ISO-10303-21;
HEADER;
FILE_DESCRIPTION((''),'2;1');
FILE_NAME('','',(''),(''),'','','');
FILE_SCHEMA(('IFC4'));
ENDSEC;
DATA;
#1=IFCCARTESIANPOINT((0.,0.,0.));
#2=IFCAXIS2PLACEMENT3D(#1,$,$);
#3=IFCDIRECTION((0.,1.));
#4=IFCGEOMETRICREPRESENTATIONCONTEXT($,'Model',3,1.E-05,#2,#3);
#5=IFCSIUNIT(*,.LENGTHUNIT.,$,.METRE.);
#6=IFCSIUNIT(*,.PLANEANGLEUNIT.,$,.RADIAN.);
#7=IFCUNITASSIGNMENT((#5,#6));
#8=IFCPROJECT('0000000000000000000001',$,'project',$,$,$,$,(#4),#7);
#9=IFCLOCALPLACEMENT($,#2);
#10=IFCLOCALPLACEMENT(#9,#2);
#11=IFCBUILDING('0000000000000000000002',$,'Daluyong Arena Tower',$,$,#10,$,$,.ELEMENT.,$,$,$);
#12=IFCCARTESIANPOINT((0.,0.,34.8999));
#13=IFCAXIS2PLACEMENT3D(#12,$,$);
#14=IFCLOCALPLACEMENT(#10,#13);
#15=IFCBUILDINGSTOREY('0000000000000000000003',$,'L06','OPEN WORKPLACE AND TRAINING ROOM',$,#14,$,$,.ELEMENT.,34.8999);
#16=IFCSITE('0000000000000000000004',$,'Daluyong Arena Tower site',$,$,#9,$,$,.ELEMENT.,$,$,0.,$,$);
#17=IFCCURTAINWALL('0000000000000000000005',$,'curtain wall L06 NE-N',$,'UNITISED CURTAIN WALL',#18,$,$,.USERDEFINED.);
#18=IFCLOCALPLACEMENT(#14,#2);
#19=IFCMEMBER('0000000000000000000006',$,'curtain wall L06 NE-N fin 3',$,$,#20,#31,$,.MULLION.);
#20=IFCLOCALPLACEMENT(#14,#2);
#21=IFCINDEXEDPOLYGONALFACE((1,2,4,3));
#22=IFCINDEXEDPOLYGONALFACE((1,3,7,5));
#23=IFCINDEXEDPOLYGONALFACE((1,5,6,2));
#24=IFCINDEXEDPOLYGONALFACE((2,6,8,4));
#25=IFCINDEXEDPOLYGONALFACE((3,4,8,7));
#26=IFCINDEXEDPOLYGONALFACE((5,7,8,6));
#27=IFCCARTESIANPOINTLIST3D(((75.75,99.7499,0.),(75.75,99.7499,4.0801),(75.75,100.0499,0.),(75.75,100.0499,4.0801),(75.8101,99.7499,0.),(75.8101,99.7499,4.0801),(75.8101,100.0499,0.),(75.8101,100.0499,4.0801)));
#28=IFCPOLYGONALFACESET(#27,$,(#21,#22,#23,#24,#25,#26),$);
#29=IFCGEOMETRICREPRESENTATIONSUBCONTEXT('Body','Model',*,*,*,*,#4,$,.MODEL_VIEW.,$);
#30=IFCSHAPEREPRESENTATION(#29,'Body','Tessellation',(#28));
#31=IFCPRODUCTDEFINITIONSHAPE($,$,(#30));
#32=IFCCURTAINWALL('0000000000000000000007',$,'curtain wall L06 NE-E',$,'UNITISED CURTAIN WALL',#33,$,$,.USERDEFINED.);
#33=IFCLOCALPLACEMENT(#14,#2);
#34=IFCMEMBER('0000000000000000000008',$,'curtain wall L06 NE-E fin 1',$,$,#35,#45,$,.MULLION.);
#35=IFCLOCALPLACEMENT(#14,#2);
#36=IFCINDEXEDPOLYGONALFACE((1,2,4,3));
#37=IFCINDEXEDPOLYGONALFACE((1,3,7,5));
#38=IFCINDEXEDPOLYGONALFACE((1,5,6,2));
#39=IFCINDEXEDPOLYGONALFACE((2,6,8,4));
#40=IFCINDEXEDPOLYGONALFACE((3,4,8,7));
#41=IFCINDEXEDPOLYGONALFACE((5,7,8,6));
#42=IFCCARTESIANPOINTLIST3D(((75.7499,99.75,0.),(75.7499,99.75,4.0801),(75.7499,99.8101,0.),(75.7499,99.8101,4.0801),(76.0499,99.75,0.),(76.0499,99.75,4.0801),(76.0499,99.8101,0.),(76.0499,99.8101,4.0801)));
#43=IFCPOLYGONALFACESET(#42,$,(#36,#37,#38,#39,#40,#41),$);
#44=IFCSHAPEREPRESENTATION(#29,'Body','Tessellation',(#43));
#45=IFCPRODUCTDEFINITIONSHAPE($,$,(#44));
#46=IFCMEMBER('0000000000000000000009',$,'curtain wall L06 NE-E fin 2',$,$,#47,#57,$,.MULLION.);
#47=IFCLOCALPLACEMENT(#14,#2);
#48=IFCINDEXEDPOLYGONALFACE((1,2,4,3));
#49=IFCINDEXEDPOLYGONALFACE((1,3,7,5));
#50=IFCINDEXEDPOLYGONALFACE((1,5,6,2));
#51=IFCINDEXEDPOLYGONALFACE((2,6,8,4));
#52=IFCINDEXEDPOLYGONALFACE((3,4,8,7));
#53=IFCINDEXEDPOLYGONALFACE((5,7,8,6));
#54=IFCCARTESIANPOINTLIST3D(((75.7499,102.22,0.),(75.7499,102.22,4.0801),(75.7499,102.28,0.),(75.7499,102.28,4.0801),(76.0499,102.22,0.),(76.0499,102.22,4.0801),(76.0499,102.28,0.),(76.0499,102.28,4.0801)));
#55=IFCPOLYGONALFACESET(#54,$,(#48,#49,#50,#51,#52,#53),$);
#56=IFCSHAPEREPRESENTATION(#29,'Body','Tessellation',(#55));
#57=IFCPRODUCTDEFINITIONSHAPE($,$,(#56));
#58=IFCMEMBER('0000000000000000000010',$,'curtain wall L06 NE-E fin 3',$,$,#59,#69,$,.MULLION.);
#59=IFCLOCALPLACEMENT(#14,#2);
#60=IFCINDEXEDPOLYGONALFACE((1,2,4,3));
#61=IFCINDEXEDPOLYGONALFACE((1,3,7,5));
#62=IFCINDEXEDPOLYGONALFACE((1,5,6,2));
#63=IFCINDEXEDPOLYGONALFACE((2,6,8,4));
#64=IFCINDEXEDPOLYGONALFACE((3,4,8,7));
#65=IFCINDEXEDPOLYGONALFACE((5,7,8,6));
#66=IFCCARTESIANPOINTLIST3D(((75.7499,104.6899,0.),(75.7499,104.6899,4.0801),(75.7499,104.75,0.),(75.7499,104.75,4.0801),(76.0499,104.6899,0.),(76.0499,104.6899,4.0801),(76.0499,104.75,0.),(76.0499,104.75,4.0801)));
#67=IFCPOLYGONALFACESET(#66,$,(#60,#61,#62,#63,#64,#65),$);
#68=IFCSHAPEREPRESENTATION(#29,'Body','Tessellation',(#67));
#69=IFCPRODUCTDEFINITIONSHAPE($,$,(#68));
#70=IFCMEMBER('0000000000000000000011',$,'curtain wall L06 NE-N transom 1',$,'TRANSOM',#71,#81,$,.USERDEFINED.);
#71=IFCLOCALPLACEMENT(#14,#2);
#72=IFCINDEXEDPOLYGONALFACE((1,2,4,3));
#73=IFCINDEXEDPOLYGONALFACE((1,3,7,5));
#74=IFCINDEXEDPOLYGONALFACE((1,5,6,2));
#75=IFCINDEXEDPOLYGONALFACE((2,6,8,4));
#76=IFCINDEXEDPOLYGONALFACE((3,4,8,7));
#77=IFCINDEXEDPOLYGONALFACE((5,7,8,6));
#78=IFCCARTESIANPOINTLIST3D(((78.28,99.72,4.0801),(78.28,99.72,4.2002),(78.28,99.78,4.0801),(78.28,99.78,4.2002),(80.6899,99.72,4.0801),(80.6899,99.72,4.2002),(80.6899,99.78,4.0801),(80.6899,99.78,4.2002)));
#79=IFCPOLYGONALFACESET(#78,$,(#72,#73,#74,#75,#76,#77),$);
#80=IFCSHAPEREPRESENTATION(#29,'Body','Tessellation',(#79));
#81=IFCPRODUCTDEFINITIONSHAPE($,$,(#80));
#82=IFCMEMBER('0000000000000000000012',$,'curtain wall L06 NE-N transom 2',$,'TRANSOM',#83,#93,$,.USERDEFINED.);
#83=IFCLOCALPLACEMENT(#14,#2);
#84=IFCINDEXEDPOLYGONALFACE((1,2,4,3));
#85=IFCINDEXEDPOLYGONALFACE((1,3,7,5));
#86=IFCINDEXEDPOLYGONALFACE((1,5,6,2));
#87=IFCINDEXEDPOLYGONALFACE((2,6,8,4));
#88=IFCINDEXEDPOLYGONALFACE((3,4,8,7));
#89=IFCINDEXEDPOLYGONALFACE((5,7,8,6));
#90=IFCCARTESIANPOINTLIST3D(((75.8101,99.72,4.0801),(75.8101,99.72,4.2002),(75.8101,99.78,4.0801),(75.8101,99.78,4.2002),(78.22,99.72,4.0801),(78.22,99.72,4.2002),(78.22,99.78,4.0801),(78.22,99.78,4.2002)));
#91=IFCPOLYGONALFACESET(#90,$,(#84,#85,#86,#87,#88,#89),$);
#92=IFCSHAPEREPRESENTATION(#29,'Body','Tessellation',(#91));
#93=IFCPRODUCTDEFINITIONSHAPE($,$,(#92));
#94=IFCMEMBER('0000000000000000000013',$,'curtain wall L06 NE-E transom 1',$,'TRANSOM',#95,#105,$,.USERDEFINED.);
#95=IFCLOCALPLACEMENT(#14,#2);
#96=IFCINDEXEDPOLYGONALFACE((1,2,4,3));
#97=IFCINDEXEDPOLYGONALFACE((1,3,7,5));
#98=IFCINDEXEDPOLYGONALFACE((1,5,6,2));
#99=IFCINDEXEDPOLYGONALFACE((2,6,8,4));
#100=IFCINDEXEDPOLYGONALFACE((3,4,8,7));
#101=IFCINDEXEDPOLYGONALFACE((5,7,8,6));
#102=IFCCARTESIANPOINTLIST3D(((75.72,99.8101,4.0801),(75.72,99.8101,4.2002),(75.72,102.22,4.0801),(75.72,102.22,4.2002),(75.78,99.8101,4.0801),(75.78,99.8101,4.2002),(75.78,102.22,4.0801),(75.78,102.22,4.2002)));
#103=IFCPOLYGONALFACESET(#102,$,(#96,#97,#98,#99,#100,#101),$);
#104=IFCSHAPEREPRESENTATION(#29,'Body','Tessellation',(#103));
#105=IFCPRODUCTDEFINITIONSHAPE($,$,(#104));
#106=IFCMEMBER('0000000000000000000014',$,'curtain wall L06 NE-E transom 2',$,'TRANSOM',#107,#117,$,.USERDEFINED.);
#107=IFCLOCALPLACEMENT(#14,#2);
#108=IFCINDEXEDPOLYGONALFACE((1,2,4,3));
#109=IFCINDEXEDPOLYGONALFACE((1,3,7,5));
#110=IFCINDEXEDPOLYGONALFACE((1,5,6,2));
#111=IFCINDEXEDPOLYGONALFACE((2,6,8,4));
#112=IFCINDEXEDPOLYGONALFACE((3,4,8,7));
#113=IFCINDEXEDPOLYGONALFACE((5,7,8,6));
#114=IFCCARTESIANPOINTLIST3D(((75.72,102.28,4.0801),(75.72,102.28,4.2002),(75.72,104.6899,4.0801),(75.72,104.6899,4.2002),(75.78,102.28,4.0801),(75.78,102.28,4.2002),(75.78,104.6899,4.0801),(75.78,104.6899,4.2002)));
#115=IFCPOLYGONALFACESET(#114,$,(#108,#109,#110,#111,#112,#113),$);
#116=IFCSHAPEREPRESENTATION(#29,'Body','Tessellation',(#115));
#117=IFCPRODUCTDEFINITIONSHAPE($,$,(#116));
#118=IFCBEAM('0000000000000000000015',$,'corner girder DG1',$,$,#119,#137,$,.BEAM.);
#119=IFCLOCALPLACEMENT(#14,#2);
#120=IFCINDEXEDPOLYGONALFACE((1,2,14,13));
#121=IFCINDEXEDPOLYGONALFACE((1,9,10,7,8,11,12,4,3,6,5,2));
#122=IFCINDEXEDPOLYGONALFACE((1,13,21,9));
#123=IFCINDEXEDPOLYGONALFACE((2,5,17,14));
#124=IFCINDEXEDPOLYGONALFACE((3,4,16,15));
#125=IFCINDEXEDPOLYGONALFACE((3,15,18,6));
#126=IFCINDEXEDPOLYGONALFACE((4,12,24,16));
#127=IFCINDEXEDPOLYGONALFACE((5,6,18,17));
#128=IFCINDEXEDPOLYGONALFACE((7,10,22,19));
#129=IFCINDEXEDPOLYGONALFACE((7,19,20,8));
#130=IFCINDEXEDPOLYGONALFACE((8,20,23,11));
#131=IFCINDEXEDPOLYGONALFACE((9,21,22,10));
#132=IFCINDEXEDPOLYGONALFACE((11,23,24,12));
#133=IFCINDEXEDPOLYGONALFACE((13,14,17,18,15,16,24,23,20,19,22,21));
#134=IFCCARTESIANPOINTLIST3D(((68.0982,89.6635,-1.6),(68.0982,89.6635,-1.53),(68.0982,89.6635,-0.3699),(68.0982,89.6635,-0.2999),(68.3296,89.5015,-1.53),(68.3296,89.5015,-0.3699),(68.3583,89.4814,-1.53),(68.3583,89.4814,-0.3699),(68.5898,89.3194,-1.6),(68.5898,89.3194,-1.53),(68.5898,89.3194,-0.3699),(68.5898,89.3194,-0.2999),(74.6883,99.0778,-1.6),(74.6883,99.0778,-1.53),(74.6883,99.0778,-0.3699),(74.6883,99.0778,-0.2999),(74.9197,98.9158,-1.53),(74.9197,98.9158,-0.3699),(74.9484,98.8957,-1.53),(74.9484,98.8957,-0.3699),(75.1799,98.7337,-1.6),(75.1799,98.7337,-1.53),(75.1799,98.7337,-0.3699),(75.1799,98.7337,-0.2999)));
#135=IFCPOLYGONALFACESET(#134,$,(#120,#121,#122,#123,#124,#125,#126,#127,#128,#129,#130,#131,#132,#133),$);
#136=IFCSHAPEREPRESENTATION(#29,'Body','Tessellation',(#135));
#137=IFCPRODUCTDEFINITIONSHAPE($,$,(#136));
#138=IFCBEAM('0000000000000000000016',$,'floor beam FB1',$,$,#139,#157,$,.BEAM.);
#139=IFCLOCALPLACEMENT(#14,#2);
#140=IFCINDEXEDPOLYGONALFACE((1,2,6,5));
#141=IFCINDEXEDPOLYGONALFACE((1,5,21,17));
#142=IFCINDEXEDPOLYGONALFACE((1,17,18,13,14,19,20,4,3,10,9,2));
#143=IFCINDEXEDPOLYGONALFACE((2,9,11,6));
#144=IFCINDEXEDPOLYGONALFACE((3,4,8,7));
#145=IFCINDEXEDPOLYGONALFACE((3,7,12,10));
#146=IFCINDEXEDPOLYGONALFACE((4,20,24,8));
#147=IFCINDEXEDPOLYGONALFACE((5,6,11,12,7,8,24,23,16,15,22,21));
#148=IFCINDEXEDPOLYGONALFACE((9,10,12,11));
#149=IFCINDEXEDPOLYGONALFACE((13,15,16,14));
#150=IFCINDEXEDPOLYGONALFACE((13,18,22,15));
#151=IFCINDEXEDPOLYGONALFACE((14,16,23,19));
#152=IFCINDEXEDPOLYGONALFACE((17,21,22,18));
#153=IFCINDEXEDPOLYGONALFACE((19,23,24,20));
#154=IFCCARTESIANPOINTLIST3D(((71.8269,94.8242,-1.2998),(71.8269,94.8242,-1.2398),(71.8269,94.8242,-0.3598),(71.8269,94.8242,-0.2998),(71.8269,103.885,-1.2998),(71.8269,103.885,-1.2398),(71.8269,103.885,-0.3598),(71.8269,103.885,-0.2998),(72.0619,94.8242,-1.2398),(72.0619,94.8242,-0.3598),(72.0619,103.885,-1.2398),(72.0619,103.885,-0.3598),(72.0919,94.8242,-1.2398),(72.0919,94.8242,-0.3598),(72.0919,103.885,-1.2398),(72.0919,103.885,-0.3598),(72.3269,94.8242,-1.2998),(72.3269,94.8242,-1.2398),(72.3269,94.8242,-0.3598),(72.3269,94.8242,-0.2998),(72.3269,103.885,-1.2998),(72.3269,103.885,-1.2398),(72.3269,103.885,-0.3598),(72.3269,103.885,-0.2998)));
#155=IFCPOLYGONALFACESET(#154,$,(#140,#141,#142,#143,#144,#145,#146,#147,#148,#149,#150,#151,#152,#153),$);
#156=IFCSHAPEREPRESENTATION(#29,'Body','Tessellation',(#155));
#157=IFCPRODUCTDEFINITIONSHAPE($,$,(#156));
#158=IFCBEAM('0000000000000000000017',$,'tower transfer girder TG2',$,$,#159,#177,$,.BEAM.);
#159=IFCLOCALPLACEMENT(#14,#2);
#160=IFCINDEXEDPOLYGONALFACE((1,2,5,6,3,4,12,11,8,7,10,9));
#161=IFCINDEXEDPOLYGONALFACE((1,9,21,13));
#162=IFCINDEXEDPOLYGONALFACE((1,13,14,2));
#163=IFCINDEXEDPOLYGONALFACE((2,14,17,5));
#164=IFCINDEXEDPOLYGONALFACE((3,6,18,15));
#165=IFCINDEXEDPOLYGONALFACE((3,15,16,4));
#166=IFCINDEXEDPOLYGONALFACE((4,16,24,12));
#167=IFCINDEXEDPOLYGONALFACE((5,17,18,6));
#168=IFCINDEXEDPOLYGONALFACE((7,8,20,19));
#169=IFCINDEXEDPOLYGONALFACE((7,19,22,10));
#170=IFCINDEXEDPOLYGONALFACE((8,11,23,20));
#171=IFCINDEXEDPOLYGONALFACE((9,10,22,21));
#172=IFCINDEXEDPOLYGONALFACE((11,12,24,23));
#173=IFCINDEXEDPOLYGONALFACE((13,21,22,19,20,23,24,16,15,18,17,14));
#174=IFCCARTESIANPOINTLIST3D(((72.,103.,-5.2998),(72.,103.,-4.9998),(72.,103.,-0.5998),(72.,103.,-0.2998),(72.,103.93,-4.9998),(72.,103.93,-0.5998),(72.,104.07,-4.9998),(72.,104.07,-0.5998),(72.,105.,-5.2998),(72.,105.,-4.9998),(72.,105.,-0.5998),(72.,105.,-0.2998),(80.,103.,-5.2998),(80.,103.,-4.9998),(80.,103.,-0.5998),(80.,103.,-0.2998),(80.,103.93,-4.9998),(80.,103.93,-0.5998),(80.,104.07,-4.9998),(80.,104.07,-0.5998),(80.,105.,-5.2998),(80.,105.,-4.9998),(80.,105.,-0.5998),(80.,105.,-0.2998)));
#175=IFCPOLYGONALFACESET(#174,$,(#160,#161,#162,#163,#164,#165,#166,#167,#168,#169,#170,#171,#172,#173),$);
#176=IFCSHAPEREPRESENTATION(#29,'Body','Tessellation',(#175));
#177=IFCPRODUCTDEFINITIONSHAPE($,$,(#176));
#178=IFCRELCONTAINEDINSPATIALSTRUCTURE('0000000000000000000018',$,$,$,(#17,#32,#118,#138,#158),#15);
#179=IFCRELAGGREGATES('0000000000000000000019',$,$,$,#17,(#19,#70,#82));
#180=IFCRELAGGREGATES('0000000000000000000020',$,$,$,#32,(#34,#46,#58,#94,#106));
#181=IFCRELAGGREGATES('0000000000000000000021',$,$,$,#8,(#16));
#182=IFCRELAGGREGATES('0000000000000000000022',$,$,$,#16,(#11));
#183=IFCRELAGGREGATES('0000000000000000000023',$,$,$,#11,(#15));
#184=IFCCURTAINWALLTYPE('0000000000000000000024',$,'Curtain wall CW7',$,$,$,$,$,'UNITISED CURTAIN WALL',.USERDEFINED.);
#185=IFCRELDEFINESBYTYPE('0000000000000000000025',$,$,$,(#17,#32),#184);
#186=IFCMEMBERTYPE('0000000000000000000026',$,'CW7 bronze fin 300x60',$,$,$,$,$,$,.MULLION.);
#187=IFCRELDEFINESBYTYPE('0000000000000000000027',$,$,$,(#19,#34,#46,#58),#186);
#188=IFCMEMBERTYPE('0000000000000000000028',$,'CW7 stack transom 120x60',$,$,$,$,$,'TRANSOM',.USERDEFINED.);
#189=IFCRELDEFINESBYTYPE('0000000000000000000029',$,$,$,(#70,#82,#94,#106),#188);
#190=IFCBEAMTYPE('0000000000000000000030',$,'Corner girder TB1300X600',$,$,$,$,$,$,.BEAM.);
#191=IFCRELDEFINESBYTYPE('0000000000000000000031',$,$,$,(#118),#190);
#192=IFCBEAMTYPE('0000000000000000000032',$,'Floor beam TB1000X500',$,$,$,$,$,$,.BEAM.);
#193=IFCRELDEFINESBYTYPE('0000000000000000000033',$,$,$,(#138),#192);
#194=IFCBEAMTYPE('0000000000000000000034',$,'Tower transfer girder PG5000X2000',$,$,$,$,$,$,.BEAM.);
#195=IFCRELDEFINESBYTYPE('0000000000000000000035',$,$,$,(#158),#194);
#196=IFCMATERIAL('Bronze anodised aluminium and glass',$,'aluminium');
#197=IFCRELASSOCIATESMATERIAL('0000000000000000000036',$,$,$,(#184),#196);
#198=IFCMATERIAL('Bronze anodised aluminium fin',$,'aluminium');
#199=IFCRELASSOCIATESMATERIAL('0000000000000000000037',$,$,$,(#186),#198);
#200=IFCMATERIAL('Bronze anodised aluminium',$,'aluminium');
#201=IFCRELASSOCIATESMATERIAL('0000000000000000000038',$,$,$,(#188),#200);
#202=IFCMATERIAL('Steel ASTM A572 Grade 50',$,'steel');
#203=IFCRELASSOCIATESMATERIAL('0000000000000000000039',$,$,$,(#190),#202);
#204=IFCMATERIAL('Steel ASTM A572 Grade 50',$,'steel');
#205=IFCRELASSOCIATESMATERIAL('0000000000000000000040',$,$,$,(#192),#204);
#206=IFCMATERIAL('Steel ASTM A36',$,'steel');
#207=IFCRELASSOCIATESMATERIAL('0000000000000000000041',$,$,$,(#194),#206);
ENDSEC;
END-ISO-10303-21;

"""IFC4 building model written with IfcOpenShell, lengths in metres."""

from ifc_helpers import new_model, si_unit, direction, frame, origin, origin_2d, place, context, subcontext, project, spatial, rectangle, i_section, extrude, material, material_profile, profile_set, type_object, element, aggregate, save


model = new_model("IFC4")

# Units and contexts
model_context = context("Model", 3, precision=1e-05, world=origin(), true_north=direction((0.0, 1.0)))
body_context = subcontext(model_context, "Body", "Model", "MODEL_VIEW")
ifc_project = project(units=[si_unit("LENGTHUNIT", "METRE"), si_unit("PLANEANGLEUNIT", "RADIAN")], contexts=[model_context])

# Site, building, storey
site_placement = place(None, origin())
site = spatial("IfcSite", under=ifc_project, at=site_placement, Name="Daluyong Arena Tower site", CompositionType="ELEMENT", RefElevation=0.0)
building_placement = place(site_placement, origin())
building = spatial("IfcBuilding", under=site, at=building_placement, Name="Daluyong Arena Tower", CompositionType="ELEMENT")
storey_placement = place(building_placement, frame((0.0, 0.0, 34.8999)))
storey = spatial("IfcBuildingStorey", under=building, at=storey_placement, Name="L06", Description="OPEN WORKPLACE AND TRAINING ROOM", CompositionType="ELEMENT", Elevation=34.8999)

# Curtain walls, members
ifc_material_1 = material(Name="Bronze anodised aluminium and glass", Category="aluminium")
curtain_wall_type_1 = type_object("IfcCurtainWallType", Name="Curtain wall CW7", ElementType="UNITISED CURTAIN WALL", PredefinedType="USERDEFINED", material=ifc_material_1)
curtain_wall_1_placement = place(storey_placement, origin())
curtain_wall_1 = element("IfcCurtainWall", 1, at=curtain_wall_1_placement, inside=storey, type_object=curtain_wall_type_1, Name="curtain wall L06 NE-N", ObjectType="UNITISED CURTAIN WALL", PredefinedType="USERDEFINED")
ifc_material_2 = material(Name="Bronze anodised aluminium fin", Category="aluminium")
ifc_material_profile_1 = material_profile(ifc_material_2, rectangle(XDim=0.3, YDim=0.0601, at=origin_2d()))
ifc_profile_set_1 = profile_set([ifc_material_profile_1], Name="Bronze anodised aluminium fin")
member_type_1 = type_object("IfcMemberType", Name="CW7 bronze fin 300x60", PredefinedType="MULLION", material=ifc_profile_set_1)
member_1_placement = place(storey_placement, frame((75.78, 99.8999, 0.0), z_axis=(0.0, 0.0, 1.0), x_axis=(0.0, -1.0, 0.0)))
member_1 = element("IfcMember", 2, at=member_1_placement, type_object=member_type_1, Name="curtain wall L06 NE-N fin 3", PredefinedType="MULLION", context=body_context, shape_type="SweptSolid", body=[
    extrude(rectangle(XDim=0.3, YDim=0.0601, at=origin_2d()), origin(), (0.0, 0.0, 1.0), 4.0801),
])
curtain_wall_2_placement = place(storey_placement, origin())
curtain_wall_2 = element("IfcCurtainWall", 3, at=curtain_wall_2_placement, inside=storey, type_object=curtain_wall_type_1, Name="curtain wall L06 NE-E", ObjectType="UNITISED CURTAIN WALL", PredefinedType="USERDEFINED")
member_2_placement = place(storey_placement, frame((75.8999, 99.78, 0.0), z_axis=(0.0, 0.0, 1.0), x_axis=(-1.0, 0.0, 0.0)))
member_2 = element("IfcMember", 4, at=member_2_placement, type_object=member_type_1, Name="curtain wall L06 NE-E fin 1", PredefinedType="MULLION", context=body_context, shape_type="SweptSolid", body=[
    extrude(rectangle(XDim=0.3, YDim=0.0601, at=origin_2d()), origin(), (0.0, 0.0, 1.0), 4.0801),
])
member_3_placement = place(storey_placement, frame((75.8999, 102.25, 0.0), z_axis=(0.0, 0.0, 1.0), x_axis=(-1.0, 0.0, 0.0)))
member_3 = element("IfcMember", 5, at=member_3_placement, type_object=member_type_1, Name="curtain wall L06 NE-E fin 2", PredefinedType="MULLION", context=body_context, shape_type="SweptSolid", body=[
    extrude(rectangle(XDim=0.3, YDim=0.0601, at=origin_2d()), origin(), (0.0, 0.0, 1.0), 4.0801),
])
member_4_placement = place(storey_placement, frame((75.8999, 104.72, 0.0), z_axis=(0.0, 0.0, 1.0), x_axis=(-1.0, 0.0, 0.0)))
member_4 = element("IfcMember", 6, at=member_4_placement, type_object=member_type_1, Name="curtain wall L06 NE-E fin 3", PredefinedType="MULLION", context=body_context, shape_type="SweptSolid", body=[
    extrude(rectangle(XDim=0.3, YDim=0.0601, at=origin_2d()), origin(), (0.0, 0.0, 1.0), 4.0801),
])

# Members
ifc_material_3 = material(Name="Bronze anodised aluminium", Category="aluminium")
ifc_material_profile_2 = material_profile(ifc_material_3, rectangle(XDim=0.0601, YDim=0.1201, at=origin_2d()))
ifc_profile_set_2 = profile_set([ifc_material_profile_2], Name="Bronze anodised aluminium")
member_type_2 = type_object("IfcMemberType", Name="CW7 stack transom 120x60", ElementType="TRANSOM", PredefinedType="USERDEFINED", material=ifc_profile_set_2)
member_5_placement = place(storey_placement, frame((80.6899, 99.75, 4.1401), z_axis=(-1.0, 0.0, 0.0), x_axis=(0.0, -1.0, 0.0)))
member_5 = element("IfcMember", 7, at=member_5_placement, type_object=member_type_2, Name="curtain wall L06 NE-N transom 1", ObjectType="TRANSOM", PredefinedType="USERDEFINED", context=body_context, shape_type="SweptSolid", body=[
    extrude(rectangle(XDim=0.0601, YDim=0.1201, at=origin_2d()), origin(), (0.0, 0.0, 1.0), 2.4099),
])
member_6_placement = place(storey_placement, frame((78.22, 99.75, 4.1401), z_axis=(-1.0, 0.0, 0.0), x_axis=(0.0, -1.0, 0.0)))
member_6 = element("IfcMember", 8, at=member_6_placement, type_object=member_type_2, Name="curtain wall L06 NE-N transom 2", ObjectType="TRANSOM", PredefinedType="USERDEFINED", context=body_context, shape_type="SweptSolid", body=[
    extrude(rectangle(XDim=0.0601, YDim=0.1201, at=origin_2d()), origin(), (0.0, 0.0, 1.0), 2.4099),
])
member_7_placement = place(storey_placement, frame((75.75, 99.8101, 4.1401), z_axis=(0.0, 1.0, 0.0), x_axis=(-1.0, 0.0, 0.0)))
member_7 = element("IfcMember", 9, at=member_7_placement, type_object=member_type_2, Name="curtain wall L06 NE-E transom 1", ObjectType="TRANSOM", PredefinedType="USERDEFINED", context=body_context, shape_type="SweptSolid", body=[
    extrude(rectangle(XDim=0.0601, YDim=0.1201, at=origin_2d()), origin(), (0.0, 0.0, 1.0), 2.4099),
])
member_8_placement = place(storey_placement, frame((75.75, 102.28, 4.1401), z_axis=(0.0, 1.0, 0.0), x_axis=(-1.0, 0.0, 0.0)))
member_8 = element("IfcMember", 10, at=member_8_placement, type_object=member_type_2, Name="curtain wall L06 NE-E transom 2", ObjectType="TRANSOM", PredefinedType="USERDEFINED", context=body_context, shape_type="SweptSolid", body=[
    extrude(rectangle(XDim=0.0601, YDim=0.1201, at=origin_2d()), origin(), (0.0, 0.0, 1.0), 2.4099),
])

# Beams
ifc_material_4 = material(Name="Steel ASTM A572 Grade 50", Category="steel")
ifc_material_profile_3 = material_profile(ifc_material_4, i_section(OverallWidth=0.6001, OverallDepth=1.3, WebThickness=0.035, FlangeThickness=0.07, at=origin_2d()))
ifc_profile_set_3 = profile_set([ifc_material_profile_3], Name="Steel ASTM A572 Grade 50")
beam_type_1 = type_object("IfcBeamType", Name="Corner girder TB1300X600", PredefinedType="BEAM", material=ifc_profile_set_3)
beam_1_placement = place(storey_placement, frame((74.9341, 98.9058, -0.95), z_axis=(-0.573467, -0.819229, 0.0), x_axis=(0.819229, -0.573467, 0.0)))
element("IfcBeam", 11, at=beam_1_placement, inside=storey, type_object=beam_type_1, Name="corner girder DG1", PredefinedType="BEAM", context=body_context, shape_type="SweptSolid", body=[
    extrude(i_section(OverallWidth=0.6001, OverallDepth=1.3, WebThickness=0.035, FlangeThickness=0.07, at=origin_2d()), origin(), (0.0, 0.0, 1.0), 11.4917),
])
ifc_material_5 = material(Name="Steel ASTM A572 Grade 50", Category="steel")
ifc_material_profile_4 = material_profile(ifc_material_5, i_section(OverallWidth=0.5, OverallDepth=1.0, WebThickness=0.03, FlangeThickness=0.06, at=origin_2d()))
ifc_profile_set_4 = profile_set([ifc_material_profile_4], Name="Steel ASTM A572 Grade 50")
beam_type_2 = type_object("IfcBeamType", Name="Floor beam TB1000X500", PredefinedType="BEAM", material=ifc_profile_set_4)
beam_2_placement = place(storey_placement, frame((72.0769, 103.885, -0.7998), z_axis=(0.0, -1.0, 0.0), x_axis=(1.0, 0.0, 0.0)))
element("IfcBeam", 12, at=beam_2_placement, inside=storey, type_object=beam_type_2, Name="floor beam FB1", PredefinedType="BEAM", context=body_context, shape_type="SweptSolid", body=[
    extrude(i_section(OverallWidth=0.5, OverallDepth=1.0, WebThickness=0.03, FlangeThickness=0.06, at=origin_2d()), origin(), (0.0, 0.0, 1.0), 9.0608),
])
ifc_material_6 = material(Name="Steel ASTM A36", Category="steel")
ifc_material_profile_5 = material_profile(ifc_material_6, i_section(OverallWidth=2.0, OverallDepth=5.0, WebThickness=0.14, FlangeThickness=0.3, at=origin_2d()))
ifc_profile_set_5 = profile_set([ifc_material_profile_5], Name="Steel ASTM A36")
beam_type_3 = type_object("IfcBeamType", Name="Tower transfer girder PG5000X2000", PredefinedType="BEAM", material=ifc_profile_set_5)
beam_3_placement = place(storey_placement, frame((72.0, 104.0, -2.7998), z_axis=(1.0, 0.0, 0.0), x_axis=(0.0, 1.0, 0.0)))
element("IfcBeam", 13, at=beam_3_placement, inside=storey, type_object=beam_type_3, Name="tower transfer girder TG2", PredefinedType="BEAM", context=body_context, shape_type="SweptSolid", body=[
    extrude(i_section(OverallWidth=2.0, OverallDepth=5.0, WebThickness=0.14, FlangeThickness=0.3, at=origin_2d()), origin(), (0.0, 0.0, 1.0), 8.0),
])

aggregate(curtain_wall_1, [member_1, member_5, member_6])
aggregate(curtain_wall_2, [member_2, member_3, member_4, member_7, member_8])

save(model, "model.ifc")
